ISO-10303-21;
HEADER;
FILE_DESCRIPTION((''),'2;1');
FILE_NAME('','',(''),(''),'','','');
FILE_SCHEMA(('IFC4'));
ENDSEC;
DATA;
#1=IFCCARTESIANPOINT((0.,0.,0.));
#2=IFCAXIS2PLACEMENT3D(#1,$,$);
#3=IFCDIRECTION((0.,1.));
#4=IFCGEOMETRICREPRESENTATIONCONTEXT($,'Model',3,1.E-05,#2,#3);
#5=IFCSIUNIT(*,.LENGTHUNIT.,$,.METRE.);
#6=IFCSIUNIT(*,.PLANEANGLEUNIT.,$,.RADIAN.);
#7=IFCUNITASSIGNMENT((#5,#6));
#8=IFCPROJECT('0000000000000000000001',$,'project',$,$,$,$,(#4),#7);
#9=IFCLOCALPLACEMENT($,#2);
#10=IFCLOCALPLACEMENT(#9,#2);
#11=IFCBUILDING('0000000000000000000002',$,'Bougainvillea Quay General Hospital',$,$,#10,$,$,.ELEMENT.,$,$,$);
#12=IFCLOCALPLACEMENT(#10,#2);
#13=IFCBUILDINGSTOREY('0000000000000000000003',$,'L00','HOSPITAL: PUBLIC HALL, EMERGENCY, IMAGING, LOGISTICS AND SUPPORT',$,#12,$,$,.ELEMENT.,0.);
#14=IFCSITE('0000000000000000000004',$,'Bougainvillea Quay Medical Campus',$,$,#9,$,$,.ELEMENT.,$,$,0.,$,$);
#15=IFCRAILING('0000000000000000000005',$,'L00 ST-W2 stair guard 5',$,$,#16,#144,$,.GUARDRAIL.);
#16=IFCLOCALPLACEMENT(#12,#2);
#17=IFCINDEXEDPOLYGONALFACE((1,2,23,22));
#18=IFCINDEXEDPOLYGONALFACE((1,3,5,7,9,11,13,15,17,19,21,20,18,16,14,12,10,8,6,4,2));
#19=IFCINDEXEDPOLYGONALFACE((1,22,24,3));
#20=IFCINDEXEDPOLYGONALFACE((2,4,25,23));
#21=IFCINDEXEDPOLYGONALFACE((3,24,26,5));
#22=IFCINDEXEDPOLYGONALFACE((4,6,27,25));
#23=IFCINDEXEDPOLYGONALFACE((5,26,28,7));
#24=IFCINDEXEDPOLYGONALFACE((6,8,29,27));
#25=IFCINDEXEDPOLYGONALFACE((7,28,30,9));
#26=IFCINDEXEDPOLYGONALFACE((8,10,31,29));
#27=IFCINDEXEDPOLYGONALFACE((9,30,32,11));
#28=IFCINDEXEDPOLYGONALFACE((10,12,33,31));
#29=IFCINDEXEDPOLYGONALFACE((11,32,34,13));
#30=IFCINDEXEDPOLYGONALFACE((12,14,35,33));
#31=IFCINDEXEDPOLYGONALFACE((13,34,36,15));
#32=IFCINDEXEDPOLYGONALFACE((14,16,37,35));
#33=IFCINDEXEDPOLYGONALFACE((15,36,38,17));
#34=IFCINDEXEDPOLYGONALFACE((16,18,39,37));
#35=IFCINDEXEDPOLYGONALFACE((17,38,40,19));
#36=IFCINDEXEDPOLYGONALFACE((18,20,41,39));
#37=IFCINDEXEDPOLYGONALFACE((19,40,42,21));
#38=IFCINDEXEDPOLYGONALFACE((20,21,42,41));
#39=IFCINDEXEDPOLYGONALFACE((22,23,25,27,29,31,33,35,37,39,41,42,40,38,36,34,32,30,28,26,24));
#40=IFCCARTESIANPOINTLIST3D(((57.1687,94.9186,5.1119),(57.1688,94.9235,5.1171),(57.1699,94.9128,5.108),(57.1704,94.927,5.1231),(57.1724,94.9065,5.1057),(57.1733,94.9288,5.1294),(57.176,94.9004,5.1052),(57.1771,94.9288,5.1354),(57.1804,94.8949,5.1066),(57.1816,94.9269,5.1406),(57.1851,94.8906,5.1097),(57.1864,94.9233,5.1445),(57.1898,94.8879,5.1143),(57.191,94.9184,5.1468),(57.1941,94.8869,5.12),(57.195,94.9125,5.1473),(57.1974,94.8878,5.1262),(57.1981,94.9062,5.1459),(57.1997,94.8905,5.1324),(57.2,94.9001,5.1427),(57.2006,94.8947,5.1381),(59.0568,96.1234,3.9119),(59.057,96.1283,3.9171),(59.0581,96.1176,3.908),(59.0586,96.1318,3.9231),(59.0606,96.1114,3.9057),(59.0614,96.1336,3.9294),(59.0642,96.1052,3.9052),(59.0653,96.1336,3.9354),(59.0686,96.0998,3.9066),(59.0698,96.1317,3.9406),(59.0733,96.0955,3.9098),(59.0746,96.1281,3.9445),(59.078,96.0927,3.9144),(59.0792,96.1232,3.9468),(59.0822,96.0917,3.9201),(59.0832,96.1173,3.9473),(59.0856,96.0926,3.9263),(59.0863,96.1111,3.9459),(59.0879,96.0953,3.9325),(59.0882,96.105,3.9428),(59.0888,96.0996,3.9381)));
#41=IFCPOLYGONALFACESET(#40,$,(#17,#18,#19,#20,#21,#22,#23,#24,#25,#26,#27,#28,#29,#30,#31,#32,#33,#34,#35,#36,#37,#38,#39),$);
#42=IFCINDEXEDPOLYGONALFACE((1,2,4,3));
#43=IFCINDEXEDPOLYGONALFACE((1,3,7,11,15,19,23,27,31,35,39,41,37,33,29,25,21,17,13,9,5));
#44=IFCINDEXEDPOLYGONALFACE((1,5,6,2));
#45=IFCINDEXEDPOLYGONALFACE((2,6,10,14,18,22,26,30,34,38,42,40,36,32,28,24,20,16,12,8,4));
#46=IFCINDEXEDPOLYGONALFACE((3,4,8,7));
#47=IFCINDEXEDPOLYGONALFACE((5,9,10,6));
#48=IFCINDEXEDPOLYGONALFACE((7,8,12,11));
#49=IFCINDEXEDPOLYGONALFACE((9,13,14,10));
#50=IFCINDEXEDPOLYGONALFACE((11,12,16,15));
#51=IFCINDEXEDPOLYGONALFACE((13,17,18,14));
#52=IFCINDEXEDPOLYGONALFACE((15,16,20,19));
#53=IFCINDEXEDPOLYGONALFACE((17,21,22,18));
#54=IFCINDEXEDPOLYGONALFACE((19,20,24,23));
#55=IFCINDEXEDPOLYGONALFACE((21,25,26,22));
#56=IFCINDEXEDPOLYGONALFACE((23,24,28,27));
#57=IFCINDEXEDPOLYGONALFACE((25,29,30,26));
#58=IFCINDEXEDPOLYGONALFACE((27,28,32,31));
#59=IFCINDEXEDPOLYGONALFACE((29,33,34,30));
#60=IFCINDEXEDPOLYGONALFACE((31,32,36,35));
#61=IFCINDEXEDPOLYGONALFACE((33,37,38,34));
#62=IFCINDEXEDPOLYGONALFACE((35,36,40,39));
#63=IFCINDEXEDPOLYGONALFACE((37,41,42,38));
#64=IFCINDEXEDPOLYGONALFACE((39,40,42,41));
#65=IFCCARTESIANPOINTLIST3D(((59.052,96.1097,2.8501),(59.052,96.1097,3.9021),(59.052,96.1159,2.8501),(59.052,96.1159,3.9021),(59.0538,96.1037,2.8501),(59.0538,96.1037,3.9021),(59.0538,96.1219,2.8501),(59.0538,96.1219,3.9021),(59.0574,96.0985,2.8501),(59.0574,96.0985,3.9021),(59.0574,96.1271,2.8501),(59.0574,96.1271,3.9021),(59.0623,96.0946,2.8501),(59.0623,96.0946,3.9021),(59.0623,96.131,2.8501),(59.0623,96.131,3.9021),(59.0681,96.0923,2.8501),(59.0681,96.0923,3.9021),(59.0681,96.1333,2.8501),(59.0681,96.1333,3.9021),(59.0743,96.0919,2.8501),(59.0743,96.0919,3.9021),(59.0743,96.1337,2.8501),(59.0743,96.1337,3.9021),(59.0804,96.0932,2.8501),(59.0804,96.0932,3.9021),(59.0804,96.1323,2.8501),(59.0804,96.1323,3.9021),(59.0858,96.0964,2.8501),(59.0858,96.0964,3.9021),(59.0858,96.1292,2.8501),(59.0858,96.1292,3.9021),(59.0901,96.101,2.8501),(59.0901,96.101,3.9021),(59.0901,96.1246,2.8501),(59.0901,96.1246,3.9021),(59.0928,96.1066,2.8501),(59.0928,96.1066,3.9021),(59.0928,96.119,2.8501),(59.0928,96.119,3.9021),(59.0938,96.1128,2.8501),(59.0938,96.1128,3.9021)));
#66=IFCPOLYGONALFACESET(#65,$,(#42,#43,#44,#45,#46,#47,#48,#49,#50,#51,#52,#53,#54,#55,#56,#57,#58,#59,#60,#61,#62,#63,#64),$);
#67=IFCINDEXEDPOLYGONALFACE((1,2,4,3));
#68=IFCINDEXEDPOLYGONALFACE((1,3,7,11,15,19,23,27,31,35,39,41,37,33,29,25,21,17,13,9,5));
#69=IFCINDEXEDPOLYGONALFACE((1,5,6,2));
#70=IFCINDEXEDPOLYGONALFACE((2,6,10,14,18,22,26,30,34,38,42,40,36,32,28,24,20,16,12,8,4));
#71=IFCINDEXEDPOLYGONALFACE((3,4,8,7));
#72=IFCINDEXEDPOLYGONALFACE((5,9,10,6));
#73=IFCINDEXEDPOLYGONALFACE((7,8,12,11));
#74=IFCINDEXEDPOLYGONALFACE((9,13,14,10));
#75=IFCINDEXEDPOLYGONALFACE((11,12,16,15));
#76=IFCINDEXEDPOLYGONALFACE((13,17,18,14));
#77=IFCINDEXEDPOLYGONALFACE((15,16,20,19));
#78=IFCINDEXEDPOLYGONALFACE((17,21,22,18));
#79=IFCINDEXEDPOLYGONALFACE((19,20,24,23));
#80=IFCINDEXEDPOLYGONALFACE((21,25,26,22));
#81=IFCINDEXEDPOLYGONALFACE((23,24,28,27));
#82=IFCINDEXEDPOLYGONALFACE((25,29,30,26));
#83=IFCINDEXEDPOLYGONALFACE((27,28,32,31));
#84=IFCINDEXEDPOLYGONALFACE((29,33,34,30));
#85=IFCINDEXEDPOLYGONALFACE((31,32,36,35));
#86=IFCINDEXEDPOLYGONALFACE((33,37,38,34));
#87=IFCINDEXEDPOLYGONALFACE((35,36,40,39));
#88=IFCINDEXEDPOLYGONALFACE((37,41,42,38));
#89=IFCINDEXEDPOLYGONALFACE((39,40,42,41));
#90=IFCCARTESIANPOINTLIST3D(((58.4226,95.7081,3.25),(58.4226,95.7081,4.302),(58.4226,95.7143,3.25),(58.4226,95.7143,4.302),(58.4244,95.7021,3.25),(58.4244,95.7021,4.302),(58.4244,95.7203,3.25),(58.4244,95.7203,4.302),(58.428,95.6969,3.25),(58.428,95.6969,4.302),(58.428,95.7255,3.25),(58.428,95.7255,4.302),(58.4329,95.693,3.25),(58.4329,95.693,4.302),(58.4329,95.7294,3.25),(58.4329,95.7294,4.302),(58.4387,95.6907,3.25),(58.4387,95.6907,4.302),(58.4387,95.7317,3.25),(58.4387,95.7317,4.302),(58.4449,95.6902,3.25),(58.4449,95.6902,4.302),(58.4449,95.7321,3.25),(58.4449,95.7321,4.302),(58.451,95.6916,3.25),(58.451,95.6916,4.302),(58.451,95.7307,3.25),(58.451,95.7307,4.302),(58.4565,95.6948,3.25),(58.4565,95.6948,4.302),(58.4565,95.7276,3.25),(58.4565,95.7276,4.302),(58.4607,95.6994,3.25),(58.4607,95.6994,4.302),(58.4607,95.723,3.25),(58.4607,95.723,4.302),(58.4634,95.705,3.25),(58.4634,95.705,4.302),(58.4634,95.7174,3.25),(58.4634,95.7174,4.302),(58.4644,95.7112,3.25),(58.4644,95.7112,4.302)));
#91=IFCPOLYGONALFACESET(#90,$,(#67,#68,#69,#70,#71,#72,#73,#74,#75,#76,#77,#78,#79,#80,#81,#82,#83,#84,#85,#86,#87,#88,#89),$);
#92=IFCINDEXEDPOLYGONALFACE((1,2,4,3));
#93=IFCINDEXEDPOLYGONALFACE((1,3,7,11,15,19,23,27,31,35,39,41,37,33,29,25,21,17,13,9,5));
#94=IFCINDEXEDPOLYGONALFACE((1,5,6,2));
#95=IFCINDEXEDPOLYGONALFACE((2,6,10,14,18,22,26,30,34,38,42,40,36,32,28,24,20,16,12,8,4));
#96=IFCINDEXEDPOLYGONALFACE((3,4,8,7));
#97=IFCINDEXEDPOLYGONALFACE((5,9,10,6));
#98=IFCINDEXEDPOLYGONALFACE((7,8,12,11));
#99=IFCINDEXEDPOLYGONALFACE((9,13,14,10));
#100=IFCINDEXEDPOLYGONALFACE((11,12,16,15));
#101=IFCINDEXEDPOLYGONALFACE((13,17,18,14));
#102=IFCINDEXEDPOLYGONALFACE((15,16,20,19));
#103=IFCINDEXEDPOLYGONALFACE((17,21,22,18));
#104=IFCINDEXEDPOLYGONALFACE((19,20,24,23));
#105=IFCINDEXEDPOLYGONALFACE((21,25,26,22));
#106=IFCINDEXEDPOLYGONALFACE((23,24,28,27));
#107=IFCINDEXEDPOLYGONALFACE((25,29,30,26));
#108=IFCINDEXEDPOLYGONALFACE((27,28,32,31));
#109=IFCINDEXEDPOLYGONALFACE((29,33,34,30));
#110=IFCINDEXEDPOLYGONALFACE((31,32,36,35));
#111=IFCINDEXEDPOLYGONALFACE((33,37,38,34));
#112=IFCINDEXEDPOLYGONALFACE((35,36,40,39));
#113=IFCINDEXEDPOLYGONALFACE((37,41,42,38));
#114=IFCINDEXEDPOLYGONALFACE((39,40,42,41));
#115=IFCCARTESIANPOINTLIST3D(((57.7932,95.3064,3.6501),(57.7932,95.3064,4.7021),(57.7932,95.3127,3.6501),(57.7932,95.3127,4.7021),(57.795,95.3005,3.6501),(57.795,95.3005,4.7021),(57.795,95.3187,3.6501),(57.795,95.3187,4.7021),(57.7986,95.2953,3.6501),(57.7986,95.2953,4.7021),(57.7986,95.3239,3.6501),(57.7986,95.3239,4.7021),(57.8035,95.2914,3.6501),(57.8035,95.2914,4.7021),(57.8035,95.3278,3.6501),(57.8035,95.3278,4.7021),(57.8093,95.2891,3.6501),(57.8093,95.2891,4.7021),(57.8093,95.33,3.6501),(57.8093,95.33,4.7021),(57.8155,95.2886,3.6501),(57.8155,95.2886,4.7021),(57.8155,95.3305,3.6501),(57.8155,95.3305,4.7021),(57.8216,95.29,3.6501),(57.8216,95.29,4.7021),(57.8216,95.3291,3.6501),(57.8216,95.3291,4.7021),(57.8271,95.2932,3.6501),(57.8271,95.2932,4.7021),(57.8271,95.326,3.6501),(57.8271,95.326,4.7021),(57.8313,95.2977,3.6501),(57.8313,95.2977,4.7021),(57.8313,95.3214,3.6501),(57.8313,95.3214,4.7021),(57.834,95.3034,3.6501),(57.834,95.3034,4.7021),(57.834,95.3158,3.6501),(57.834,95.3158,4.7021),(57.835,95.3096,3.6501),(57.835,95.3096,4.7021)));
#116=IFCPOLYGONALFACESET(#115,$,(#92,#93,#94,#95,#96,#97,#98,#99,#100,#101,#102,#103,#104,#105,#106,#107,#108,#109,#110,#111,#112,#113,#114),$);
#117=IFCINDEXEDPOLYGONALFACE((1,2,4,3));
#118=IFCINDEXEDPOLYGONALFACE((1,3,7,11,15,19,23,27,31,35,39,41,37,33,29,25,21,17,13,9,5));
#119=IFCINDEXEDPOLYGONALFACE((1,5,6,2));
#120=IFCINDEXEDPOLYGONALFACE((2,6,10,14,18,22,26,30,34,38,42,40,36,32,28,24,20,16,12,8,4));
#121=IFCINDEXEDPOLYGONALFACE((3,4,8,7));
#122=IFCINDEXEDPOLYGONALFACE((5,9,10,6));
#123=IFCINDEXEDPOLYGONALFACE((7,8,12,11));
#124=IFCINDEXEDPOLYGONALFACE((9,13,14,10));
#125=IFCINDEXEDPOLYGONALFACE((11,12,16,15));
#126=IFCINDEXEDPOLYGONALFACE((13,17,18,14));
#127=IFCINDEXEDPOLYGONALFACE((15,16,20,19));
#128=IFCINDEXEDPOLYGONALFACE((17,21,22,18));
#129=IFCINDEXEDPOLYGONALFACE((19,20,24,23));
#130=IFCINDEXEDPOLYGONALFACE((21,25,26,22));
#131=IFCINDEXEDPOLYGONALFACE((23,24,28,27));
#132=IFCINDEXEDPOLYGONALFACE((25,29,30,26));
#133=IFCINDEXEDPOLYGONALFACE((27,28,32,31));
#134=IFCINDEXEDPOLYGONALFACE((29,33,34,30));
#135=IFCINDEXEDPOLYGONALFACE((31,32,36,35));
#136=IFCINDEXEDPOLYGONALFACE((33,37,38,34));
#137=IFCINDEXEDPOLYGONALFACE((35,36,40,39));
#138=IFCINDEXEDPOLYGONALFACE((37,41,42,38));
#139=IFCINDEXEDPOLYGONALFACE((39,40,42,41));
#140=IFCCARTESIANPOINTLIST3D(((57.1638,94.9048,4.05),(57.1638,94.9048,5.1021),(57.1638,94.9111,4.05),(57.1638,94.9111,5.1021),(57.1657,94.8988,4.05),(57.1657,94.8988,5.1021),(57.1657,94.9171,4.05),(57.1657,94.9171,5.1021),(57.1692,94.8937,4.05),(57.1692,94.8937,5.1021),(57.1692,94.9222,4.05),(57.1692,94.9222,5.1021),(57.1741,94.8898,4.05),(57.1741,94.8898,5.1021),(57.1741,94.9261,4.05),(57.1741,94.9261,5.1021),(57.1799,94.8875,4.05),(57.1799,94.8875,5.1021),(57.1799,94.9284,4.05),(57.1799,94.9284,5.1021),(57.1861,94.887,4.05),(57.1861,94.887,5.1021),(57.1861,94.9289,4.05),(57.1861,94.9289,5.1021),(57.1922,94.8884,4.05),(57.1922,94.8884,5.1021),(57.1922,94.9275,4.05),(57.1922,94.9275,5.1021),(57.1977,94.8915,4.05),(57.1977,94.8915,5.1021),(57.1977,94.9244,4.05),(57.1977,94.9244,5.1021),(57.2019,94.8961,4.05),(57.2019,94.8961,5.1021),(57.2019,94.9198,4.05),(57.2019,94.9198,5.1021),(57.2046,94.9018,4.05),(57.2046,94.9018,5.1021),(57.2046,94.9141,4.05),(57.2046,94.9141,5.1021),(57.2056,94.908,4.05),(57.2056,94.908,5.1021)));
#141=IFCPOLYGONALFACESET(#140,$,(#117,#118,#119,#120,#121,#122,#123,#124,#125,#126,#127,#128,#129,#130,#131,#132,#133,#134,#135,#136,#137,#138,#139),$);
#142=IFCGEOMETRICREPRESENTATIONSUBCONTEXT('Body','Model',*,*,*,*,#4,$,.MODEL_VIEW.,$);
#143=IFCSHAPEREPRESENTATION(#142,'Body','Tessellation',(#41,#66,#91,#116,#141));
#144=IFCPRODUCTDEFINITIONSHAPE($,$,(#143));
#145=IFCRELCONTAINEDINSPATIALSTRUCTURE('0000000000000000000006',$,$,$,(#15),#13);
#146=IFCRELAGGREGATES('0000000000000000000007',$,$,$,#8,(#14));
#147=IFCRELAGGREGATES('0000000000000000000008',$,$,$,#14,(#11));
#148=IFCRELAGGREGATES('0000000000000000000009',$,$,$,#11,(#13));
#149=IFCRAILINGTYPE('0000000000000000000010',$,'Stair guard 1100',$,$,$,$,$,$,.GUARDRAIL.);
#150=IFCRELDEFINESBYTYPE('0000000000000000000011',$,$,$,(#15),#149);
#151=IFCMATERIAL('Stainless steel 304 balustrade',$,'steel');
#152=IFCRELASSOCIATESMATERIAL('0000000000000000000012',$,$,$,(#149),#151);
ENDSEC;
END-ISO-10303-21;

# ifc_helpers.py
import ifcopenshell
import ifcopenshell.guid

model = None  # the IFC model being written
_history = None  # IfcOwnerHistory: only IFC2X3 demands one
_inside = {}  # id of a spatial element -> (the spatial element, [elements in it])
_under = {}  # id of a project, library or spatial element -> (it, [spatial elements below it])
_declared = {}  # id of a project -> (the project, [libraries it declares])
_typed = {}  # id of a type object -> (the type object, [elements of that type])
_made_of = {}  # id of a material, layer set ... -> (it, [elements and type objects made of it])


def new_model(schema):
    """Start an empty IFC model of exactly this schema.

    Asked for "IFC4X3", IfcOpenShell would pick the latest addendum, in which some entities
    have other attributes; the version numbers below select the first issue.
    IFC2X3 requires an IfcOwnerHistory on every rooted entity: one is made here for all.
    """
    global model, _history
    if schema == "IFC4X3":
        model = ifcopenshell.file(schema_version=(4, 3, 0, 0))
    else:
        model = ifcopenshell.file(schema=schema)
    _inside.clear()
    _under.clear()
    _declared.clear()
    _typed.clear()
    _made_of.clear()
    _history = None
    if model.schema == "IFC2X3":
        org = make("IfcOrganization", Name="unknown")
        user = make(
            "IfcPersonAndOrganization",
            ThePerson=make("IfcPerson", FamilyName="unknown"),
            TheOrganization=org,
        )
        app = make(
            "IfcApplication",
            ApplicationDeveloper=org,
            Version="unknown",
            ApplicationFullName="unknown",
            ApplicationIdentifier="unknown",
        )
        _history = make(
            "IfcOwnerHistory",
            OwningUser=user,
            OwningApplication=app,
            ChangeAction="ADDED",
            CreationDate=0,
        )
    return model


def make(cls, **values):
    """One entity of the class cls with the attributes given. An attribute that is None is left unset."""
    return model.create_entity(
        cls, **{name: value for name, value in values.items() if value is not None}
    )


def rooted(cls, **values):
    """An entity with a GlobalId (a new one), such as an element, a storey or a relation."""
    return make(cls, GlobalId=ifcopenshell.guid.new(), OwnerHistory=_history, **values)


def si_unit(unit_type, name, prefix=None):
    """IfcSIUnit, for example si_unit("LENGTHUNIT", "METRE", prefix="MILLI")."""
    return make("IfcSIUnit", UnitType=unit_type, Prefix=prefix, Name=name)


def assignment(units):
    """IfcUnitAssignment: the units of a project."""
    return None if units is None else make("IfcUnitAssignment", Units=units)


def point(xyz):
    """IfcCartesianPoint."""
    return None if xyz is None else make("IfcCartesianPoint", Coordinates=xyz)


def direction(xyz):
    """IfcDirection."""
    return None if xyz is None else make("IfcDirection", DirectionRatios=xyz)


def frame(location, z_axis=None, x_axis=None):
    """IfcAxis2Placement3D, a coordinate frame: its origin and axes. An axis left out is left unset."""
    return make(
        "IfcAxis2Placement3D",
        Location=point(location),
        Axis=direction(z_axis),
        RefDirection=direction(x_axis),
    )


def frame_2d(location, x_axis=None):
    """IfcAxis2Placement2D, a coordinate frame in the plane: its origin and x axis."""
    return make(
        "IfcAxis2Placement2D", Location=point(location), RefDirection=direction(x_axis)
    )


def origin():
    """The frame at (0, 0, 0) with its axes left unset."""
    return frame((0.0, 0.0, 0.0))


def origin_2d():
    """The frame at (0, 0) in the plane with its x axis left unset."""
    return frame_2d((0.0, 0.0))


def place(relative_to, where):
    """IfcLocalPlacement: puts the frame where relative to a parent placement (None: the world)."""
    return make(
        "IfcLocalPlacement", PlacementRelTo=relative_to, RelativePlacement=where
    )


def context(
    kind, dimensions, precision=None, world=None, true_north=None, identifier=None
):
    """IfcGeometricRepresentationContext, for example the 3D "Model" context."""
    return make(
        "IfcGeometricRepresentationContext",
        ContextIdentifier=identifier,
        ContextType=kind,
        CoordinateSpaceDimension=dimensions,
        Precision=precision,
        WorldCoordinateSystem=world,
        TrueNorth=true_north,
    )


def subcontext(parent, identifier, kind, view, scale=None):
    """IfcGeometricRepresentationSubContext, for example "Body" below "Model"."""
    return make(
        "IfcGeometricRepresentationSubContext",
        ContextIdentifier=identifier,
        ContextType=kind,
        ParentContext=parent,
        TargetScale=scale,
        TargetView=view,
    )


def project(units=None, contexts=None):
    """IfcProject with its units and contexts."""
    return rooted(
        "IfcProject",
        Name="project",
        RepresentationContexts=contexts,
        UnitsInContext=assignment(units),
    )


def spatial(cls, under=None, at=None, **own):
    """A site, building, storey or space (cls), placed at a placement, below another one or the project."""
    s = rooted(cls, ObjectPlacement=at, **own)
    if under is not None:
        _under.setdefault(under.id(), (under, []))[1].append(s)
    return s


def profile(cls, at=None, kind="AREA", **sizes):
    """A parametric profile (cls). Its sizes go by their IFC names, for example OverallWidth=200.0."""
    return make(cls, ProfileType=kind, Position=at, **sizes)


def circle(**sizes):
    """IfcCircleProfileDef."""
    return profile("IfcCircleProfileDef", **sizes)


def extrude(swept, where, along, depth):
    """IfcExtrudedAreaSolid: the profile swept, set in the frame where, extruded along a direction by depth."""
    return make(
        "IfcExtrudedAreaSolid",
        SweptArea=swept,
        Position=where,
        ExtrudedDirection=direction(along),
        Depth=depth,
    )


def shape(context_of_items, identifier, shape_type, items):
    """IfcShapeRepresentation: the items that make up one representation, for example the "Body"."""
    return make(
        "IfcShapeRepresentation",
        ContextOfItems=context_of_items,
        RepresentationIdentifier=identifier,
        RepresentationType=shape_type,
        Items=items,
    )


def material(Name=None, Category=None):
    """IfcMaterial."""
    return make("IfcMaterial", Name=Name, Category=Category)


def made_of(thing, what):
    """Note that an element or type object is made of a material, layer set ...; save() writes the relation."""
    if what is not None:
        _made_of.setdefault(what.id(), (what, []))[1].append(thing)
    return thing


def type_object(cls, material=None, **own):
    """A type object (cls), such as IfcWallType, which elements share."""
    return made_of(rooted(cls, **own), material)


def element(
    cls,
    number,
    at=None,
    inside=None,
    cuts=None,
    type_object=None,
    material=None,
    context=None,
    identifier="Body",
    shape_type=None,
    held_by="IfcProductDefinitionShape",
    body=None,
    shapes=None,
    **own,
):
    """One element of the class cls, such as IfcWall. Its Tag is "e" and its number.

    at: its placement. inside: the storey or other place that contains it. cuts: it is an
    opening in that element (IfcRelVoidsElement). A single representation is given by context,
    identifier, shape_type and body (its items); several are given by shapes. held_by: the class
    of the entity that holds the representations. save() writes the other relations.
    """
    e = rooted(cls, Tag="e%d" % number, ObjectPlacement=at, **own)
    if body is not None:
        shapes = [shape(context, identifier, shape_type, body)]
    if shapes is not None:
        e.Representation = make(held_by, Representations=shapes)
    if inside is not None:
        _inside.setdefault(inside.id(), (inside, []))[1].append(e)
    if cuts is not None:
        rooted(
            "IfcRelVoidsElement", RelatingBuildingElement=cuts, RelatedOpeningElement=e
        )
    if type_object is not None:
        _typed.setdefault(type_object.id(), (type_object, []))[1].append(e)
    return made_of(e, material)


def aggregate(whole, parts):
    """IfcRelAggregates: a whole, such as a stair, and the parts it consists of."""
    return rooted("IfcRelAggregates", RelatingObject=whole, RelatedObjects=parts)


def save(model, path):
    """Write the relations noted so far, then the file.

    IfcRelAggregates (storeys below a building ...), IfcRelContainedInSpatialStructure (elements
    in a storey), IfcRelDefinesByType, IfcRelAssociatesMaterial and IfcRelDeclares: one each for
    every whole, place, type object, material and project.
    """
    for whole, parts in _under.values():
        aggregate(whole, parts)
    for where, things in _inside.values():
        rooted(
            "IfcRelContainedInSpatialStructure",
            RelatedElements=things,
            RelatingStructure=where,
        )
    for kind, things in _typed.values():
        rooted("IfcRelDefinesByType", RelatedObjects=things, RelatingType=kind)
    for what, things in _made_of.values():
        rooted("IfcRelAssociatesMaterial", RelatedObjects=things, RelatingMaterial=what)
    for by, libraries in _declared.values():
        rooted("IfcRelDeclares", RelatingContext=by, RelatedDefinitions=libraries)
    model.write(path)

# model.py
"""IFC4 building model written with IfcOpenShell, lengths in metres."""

from ifc_helpers import new_model, si_unit, direction, frame, origin, origin_2d, place, context, subcontext, project, spatial, circle, extrude, material, type_object, element, save


model = new_model("IFC4")

# Units and contexts
model_context = context("Model", 3, precision=1e-05, world=origin(), true_north=direction((0.0, 1.0)))
body_context = subcontext(model_context, "Body", "Model", "MODEL_VIEW")
ifc_project = project(units=[si_unit("LENGTHUNIT", "METRE"), si_unit("PLANEANGLEUNIT", "RADIAN")], contexts=[model_context])

# Site, building, storey
site_placement = place(None, origin())
site = spatial("IfcSite", under=ifc_project, at=site_placement, Name="Bougainvillea Quay Medical Campus", CompositionType="ELEMENT", RefElevation=0.0)
building_placement = place(site_placement, origin())
building = spatial("IfcBuilding", under=site, at=building_placement, Name="Bougainvillea Quay General Hospital", CompositionType="ELEMENT")
storey_placement = place(building_placement, origin())
storey = spatial("IfcBuildingStorey", under=building, at=storey_placement, Name="L00", Description="HOSPITAL: PUBLIC HALL, EMERGENCY, IMAGING, LOGISTICS AND SUPPORT", CompositionType="ELEMENT", Elevation=0.0)

# Railing
ifc_material_1 = material(Name="Stainless steel 304 balustrade", Category="steel")
railing_type_1 = type_object("IfcRailingType", Name="Stair guard 1100", PredefinedType="GUARDRAIL", material=ifc_material_1)
railing_1_placement = place(storey_placement, frame((59.0728, 96.1128, 2.8501)))
element("IfcRailing", 1, at=railing_1_placement, inside=storey, type_object=railing_type_1, Name="L00 ST-W2 stair guard 5", PredefinedType="GUARDRAIL", context=body_context, shape_type="SweptSolid", body=[
    extrude(circle(Radius=0.0239, at=origin_2d()), frame((0.0, 0.0, 1.0762), z_axis=(-0.743083, -0.474155, 0.472233), x_axis=(0.537912, -0.843001, 0.0)), (0.0, 0.0, 1.0), 2.541),
    extrude(circle(Radius=0.021, at=origin_2d()), origin(), (0.0, 0.0, 1.0), 1.052),
    extrude(circle(Radius=0.021, at=origin_2d()), frame((-0.6294, -0.4016, 0.3999)), (0.0, 0.0, 1.0), 1.052),
    extrude(circle(Radius=0.021, at=origin_2d()), frame((-1.2588, -0.8032, 0.8)), (0.0, 0.0, 1.0), 1.052),
    extrude(circle(Radius=0.021, at=origin_2d()), frame((-1.8882, -1.2048, 1.2)), (0.0, 0.0, 1.0), 1.052),
])

save(model, "model.ifc")
